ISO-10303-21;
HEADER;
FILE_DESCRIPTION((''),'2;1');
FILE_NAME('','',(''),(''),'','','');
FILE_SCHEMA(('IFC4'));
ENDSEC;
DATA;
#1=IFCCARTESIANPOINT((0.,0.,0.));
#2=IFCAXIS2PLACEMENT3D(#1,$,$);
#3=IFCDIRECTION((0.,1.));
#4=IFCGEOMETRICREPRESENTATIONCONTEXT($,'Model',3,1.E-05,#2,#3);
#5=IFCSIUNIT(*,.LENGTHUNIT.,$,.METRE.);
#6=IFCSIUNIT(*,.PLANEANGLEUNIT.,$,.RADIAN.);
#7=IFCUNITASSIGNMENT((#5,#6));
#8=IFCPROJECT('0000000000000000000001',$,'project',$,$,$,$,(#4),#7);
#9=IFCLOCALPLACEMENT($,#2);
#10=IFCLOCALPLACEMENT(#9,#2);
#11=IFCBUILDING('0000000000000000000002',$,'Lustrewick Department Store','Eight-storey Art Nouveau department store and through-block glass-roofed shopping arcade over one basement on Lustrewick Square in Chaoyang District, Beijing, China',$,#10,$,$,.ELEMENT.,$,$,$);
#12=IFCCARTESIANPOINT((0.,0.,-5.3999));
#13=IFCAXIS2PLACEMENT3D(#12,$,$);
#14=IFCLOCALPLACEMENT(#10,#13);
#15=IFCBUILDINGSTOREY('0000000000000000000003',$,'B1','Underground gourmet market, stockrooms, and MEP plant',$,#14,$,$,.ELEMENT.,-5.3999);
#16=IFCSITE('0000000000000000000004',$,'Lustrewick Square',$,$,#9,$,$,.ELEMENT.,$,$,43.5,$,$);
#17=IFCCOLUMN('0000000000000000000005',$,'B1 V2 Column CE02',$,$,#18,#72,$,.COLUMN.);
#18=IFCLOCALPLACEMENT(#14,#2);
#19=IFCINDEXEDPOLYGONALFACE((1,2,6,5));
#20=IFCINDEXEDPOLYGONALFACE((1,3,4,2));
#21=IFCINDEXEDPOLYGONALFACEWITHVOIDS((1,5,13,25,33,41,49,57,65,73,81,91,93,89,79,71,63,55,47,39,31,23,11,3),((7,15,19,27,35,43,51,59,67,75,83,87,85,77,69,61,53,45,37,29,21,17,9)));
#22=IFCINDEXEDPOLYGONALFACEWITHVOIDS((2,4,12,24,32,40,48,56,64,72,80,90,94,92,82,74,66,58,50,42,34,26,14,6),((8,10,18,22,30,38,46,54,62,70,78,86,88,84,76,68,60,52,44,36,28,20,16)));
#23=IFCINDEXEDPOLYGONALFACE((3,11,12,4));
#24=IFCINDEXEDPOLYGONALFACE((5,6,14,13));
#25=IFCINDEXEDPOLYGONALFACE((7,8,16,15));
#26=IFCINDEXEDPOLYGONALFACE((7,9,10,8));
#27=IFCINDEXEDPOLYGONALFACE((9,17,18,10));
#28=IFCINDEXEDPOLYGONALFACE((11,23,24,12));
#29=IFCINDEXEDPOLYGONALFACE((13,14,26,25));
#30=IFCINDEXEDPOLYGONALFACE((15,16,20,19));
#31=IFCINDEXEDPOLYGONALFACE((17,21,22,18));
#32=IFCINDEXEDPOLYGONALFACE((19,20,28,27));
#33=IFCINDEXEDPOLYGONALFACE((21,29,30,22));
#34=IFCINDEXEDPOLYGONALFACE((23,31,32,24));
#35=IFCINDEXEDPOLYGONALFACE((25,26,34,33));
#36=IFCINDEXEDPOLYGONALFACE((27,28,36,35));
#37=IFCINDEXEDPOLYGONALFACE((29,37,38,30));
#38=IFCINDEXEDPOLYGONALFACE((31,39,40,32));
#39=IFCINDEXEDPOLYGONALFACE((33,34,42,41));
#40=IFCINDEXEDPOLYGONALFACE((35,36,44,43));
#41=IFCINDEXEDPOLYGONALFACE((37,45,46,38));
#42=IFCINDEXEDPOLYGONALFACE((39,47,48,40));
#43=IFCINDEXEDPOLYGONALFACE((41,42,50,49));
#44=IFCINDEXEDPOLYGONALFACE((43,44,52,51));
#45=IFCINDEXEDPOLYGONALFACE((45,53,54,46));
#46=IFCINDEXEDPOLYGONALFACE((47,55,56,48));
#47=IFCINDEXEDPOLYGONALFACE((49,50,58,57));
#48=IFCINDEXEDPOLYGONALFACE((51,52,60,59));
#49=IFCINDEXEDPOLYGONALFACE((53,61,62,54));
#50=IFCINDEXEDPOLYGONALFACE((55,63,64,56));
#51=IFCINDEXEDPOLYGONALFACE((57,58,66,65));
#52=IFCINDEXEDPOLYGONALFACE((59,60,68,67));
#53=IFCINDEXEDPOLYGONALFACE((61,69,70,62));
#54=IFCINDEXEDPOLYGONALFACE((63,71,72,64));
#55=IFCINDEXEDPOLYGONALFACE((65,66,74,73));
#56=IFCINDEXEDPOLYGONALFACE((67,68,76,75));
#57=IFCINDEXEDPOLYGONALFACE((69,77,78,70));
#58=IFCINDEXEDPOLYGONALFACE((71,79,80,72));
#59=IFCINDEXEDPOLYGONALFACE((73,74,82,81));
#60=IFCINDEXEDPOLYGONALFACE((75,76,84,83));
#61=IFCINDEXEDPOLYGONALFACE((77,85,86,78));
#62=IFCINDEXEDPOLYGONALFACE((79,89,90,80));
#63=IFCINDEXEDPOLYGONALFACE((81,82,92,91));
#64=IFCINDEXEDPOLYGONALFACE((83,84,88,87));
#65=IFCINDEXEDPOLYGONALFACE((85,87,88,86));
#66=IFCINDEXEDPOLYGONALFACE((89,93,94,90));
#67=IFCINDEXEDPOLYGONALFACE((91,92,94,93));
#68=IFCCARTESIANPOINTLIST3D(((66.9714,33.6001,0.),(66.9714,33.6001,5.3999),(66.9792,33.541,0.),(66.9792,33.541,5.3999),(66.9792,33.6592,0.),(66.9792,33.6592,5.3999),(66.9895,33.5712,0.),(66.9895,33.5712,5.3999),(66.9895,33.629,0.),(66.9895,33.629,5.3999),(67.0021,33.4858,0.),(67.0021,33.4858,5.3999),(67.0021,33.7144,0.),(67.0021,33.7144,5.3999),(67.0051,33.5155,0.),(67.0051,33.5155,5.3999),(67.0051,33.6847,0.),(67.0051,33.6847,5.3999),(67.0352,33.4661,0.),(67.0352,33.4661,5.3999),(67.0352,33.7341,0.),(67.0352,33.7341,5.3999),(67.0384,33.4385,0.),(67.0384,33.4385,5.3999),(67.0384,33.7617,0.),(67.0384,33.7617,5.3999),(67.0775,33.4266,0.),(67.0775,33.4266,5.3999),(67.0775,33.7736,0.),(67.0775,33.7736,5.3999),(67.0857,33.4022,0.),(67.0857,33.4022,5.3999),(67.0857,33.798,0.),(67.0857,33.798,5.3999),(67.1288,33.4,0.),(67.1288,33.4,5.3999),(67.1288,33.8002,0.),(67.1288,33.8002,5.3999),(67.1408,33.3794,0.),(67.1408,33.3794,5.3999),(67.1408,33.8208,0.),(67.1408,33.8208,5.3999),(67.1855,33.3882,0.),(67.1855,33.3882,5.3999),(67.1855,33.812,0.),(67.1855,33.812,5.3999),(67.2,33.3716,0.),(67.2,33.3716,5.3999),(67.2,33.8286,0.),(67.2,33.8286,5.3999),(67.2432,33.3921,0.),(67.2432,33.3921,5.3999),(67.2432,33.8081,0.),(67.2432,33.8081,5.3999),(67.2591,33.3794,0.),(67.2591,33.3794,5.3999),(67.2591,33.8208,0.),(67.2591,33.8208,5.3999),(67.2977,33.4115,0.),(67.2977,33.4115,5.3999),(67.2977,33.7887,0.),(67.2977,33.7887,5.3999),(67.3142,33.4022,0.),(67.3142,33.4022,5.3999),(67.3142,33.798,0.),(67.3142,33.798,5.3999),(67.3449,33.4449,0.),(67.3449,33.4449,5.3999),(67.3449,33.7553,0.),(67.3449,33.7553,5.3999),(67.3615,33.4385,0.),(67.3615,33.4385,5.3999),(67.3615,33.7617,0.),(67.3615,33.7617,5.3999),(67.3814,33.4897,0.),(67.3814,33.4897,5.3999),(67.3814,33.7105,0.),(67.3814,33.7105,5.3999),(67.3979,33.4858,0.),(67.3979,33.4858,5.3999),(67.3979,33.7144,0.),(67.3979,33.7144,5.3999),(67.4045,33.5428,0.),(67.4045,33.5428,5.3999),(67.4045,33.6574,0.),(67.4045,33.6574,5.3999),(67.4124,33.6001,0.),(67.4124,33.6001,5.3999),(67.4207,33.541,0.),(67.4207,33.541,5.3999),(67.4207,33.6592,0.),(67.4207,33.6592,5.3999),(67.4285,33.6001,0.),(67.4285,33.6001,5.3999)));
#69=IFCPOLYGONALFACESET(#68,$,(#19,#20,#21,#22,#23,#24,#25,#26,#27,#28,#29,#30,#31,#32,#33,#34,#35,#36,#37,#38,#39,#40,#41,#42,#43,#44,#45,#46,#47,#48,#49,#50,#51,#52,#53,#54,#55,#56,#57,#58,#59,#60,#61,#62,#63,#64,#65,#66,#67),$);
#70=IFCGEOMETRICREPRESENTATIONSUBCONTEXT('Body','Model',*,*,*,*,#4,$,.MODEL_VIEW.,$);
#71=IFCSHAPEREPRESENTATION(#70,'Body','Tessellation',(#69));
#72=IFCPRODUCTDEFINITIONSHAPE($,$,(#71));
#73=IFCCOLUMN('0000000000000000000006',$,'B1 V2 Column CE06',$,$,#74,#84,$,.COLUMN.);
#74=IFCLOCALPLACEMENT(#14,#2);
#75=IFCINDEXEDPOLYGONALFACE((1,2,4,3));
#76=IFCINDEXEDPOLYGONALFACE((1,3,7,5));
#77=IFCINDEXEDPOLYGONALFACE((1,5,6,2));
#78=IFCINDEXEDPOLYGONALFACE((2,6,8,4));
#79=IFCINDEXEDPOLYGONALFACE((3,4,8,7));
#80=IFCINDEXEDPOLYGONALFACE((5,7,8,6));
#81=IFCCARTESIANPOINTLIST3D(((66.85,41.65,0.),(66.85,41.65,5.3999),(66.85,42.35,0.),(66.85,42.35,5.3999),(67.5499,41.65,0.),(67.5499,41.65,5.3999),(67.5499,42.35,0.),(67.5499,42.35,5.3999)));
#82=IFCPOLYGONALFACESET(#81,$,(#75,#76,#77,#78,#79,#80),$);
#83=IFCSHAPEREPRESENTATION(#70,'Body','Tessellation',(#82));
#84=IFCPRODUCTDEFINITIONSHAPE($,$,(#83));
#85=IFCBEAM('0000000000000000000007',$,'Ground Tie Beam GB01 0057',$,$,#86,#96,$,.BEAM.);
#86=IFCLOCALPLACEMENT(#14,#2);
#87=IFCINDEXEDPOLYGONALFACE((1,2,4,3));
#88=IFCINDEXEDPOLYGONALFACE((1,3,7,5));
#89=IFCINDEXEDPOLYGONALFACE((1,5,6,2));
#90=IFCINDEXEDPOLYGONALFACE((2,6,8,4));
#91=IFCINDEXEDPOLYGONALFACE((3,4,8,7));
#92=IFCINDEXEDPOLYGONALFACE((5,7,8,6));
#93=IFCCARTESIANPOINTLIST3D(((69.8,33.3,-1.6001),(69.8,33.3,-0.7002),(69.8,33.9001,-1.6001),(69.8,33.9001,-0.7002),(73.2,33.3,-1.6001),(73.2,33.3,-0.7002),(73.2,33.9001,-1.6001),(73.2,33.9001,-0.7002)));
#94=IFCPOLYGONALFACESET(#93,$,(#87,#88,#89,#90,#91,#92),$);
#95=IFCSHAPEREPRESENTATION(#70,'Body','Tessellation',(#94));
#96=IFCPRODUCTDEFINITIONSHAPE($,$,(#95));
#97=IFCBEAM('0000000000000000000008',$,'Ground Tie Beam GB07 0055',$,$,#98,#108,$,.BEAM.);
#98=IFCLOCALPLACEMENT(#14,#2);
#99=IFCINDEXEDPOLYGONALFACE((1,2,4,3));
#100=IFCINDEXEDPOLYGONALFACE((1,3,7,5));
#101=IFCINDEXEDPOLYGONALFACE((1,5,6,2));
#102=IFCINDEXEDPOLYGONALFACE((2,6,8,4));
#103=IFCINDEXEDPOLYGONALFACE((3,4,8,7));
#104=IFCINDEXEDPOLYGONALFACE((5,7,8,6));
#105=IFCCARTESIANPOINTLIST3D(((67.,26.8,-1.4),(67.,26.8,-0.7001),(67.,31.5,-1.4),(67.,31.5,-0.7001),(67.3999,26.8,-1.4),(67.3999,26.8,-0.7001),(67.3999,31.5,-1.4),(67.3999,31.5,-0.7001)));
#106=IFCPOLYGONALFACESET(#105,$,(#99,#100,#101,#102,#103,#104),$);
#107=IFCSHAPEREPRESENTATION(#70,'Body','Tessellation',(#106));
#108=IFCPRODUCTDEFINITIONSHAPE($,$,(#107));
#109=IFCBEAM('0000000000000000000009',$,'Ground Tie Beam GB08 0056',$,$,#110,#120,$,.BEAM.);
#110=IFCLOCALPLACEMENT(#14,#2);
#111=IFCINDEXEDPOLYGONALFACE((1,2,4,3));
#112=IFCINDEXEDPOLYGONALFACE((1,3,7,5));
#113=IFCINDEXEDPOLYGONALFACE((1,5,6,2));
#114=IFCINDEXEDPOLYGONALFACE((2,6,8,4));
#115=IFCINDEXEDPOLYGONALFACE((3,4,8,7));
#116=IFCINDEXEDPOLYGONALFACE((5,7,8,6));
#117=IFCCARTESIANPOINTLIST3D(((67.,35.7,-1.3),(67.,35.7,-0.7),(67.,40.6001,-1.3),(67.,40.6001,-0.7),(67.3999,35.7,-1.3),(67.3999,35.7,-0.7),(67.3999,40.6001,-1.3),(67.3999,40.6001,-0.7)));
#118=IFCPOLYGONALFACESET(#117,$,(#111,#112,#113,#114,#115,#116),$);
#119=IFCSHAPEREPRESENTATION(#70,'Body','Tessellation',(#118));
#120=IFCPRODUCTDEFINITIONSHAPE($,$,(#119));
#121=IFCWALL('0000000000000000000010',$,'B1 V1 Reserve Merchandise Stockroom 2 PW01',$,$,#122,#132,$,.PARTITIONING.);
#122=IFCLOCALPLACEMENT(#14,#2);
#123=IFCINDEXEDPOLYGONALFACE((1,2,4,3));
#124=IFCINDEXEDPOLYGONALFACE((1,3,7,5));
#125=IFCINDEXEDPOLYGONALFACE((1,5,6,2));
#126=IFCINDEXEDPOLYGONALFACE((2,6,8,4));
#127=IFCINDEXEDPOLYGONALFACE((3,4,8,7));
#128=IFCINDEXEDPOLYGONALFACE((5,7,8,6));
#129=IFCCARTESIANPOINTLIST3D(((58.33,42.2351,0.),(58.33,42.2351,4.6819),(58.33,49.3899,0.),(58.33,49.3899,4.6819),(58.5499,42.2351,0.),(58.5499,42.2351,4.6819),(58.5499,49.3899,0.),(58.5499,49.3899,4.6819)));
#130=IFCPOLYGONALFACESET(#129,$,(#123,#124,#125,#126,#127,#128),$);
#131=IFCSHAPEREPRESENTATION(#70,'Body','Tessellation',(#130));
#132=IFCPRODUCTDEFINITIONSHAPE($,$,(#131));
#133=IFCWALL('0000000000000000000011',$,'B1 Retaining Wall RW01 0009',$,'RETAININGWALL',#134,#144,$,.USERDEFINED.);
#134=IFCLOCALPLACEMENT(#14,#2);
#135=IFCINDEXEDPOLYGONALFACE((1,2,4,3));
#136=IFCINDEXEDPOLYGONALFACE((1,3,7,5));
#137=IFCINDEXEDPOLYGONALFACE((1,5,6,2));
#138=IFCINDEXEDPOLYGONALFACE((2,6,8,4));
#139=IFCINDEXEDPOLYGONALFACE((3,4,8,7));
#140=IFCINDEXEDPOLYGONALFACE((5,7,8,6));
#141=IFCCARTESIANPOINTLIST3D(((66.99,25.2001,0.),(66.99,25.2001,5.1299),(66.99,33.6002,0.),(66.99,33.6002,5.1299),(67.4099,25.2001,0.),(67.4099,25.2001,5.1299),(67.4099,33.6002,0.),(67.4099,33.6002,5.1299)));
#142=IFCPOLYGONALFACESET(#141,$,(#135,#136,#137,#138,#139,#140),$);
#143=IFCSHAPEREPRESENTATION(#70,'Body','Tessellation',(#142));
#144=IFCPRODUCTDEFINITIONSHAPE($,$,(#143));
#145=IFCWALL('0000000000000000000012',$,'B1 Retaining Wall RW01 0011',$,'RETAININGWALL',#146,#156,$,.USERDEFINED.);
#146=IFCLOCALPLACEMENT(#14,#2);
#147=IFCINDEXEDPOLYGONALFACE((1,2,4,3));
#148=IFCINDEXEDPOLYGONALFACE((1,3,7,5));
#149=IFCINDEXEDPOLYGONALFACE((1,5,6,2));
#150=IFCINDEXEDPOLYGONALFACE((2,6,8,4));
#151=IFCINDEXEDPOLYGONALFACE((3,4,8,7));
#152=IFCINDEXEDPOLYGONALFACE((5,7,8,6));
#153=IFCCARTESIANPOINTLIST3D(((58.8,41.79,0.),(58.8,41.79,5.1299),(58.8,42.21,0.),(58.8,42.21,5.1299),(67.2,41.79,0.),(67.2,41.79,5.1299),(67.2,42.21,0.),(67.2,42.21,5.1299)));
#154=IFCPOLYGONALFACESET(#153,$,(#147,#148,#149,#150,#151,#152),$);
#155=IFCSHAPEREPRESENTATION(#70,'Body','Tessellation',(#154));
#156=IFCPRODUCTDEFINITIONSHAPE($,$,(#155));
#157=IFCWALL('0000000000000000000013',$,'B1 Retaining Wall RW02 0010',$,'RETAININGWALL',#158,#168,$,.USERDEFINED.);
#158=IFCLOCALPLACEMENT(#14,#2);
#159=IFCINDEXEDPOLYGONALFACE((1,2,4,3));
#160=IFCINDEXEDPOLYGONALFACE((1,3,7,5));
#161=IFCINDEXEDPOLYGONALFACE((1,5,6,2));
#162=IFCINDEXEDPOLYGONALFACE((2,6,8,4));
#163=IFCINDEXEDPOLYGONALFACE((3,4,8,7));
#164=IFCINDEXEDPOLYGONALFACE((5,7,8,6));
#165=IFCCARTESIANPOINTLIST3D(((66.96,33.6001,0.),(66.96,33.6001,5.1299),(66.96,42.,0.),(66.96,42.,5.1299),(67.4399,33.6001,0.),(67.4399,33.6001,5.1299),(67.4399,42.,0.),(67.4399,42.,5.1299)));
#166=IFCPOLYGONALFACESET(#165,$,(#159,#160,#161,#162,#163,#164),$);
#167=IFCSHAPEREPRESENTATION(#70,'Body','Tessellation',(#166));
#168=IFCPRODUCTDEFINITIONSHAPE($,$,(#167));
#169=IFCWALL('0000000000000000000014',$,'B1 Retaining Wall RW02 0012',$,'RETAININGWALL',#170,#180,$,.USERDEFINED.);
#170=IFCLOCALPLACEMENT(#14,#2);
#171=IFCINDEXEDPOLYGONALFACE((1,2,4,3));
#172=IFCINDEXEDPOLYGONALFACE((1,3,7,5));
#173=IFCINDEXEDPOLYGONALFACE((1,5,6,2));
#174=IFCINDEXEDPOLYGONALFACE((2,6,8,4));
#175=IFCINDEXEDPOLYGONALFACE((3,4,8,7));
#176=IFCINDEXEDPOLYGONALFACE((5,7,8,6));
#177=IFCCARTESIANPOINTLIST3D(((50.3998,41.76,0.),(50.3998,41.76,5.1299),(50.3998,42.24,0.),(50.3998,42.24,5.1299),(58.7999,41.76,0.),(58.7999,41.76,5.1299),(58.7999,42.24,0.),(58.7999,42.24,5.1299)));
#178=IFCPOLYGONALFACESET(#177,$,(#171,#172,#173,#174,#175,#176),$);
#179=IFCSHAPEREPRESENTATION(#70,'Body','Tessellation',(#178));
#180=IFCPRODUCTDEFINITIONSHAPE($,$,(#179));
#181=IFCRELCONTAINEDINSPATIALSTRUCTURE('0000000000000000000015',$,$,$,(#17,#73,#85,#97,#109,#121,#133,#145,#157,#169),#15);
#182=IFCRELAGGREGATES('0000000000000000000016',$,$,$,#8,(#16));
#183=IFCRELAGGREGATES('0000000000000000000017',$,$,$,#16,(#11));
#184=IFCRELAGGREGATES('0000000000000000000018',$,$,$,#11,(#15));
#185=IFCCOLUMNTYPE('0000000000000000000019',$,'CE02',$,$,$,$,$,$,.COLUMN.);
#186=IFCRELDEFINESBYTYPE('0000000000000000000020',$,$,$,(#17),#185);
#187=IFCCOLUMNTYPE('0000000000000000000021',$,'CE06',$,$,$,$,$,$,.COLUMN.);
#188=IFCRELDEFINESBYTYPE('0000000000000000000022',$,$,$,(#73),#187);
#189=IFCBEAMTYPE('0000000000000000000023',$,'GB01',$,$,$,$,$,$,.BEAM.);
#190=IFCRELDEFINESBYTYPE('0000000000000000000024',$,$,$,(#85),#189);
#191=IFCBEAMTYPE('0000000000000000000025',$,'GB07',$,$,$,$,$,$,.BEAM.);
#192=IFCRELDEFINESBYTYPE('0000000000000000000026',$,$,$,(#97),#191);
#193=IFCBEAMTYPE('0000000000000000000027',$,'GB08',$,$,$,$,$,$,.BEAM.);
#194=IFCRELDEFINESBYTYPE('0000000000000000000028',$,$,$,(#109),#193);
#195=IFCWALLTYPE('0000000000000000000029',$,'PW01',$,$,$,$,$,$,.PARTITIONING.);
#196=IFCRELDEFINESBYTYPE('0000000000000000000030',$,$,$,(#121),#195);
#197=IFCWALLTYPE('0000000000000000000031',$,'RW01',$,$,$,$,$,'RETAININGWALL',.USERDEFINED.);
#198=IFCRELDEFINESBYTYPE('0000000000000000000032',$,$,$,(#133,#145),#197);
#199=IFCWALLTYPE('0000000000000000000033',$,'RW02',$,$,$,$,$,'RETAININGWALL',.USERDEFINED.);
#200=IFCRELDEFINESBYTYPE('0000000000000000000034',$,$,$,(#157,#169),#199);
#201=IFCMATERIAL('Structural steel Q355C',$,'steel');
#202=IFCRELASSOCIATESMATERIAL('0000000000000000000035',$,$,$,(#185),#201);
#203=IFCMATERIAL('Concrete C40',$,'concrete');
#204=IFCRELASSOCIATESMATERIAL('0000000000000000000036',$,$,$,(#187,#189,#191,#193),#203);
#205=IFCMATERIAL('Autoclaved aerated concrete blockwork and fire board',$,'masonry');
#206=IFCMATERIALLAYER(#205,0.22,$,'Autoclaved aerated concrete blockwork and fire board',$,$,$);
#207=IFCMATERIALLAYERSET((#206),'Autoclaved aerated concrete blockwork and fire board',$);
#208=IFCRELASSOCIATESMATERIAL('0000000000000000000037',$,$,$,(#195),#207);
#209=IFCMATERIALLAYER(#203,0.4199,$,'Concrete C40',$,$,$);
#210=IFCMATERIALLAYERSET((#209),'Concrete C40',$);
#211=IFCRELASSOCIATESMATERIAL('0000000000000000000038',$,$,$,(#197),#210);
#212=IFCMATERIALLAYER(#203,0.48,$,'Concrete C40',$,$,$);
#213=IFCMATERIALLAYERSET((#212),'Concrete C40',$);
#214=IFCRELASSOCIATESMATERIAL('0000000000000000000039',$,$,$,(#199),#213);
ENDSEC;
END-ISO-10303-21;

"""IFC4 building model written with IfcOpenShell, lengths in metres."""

from ifc_helpers import new_model, si_unit, direction, frame, frame_2d, origin, origin_2d, place, context, subcontext, project, spatial, rectangle, hollow_circle, extrude, material, layer, layer_set, material_profile, profile_set, type_object, element, save


model = new_model("IFC4")

# Units and contexts
model_context = context("Model", 3, precision=1e-05, world=origin(), true_north=direction((0.0, 1.0)))
body_context = subcontext(model_context, "Body", "Model", "MODEL_VIEW")
ifc_project = project(units=[si_unit("LENGTHUNIT", "METRE"), si_unit("PLANEANGLEUNIT", "RADIAN")], contexts=[model_context])

# Site, building, storey
site_placement = place(None, origin())
site = spatial("IfcSite", under=ifc_project, at=site_placement, Name="Lustrewick Square", CompositionType="ELEMENT", RefElevation=43.5)
building_placement = place(site_placement, origin())
building = spatial("IfcBuilding", under=site, at=building_placement, Name="Lustrewick Department Store", Description="Eight-storey Art Nouveau department store and through-block glass-roofed shopping arcade over one basement on Lustrewick Square in Chaoyang District, Beijing, China", CompositionType="ELEMENT")
storey_placement = place(building_placement, frame((0.0, 0.0, -5.3999)))
storey = spatial("IfcBuildingStorey", under=building, at=storey_placement, Name="B1", Description="Underground gourmet market, stockrooms, and MEP plant", CompositionType="ELEMENT", Elevation=-5.3999)

# Shared definitions
ifc_material_1 = material(Name="Concrete C40", Category="concrete")

# Columns
ifc_material_2 = material(Name="Structural steel Q355C", Category="steel")
ifc_material_profile_1 = material_profile(ifc_material_2, hollow_circle(Radius=0.2285, WallThickness=0.0161, at=origin_2d()), Name="CHS 457x16")
ifc_profile_set_1 = profile_set([ifc_material_profile_1], Name="Structural steel Q355C")
column_type_1 = type_object("IfcColumnType", Name="CE02", PredefinedType="COLUMN", material=ifc_profile_set_1)
column_1_placement = place(storey_placement, frame((67.2, 33.6001, 0.0), z_axis=(0.0, 0.0, 1.0), x_axis=(1.0, 0.0, 0.0)))
element("IfcColumn", 1, at=column_1_placement, inside=storey, type_object=column_type_1, Name="B1 V2 Column CE02", PredefinedType="COLUMN", context=body_context, shape_type="SweptSolid", body=[
    extrude(hollow_circle(Radius=0.2285, WallThickness=0.0161, at=origin_2d()), origin(), (0.0, 0.0, 1.0), 5.3999),
])
ifc_material_profile_2 = material_profile(ifc_material_1, rectangle(XDim=0.7, YDim=0.7, at=origin_2d()), Name="RC 700x700")
ifc_profile_set_2 = profile_set([ifc_material_profile_2], Name="Concrete C40")
column_type_2 = type_object("IfcColumnType", Name="CE06", PredefinedType="COLUMN", material=ifc_profile_set_2)
column_2_placement = place(storey_placement, frame((67.2, 42.0, 0.0), z_axis=(0.0, 0.0, 1.0), x_axis=(1.0, 0.0, 0.0)))
element("IfcColumn", 2, at=column_2_placement, inside=storey, type_object=column_type_2, Name="B1 V2 Column CE06", PredefinedType="COLUMN", context=body_context, shape_type="SweptSolid", body=[
    extrude(rectangle(XDim=0.7, YDim=0.7, at=origin_2d()), origin(), (0.0, 0.0, 1.0), 5.3999),
])

# Beams
ifc_material_profile_3 = material_profile(ifc_material_1, rectangle(XDim=0.6001, YDim=0.8999, at=origin_2d()), Name="RC 600x900")
ifc_profile_set_3 = profile_set([ifc_material_profile_3], Name="Concrete C40")
beam_type_1 = type_object("IfcBeamType", Name="GB01", PredefinedType="BEAM", material=ifc_profile_set_3)
beam_1_placement = place(storey_placement, frame((69.8, 33.6001, -1.1501), z_axis=(1.0, 0.0, 0.0), x_axis=(0.0, 1.0, 0.0)))
element("IfcBeam", 3, at=beam_1_placement, inside=storey, type_object=beam_type_1, Name="Ground Tie Beam GB01 0057", PredefinedType="BEAM", context=body_context, shape_type="SweptSolid", body=[
    extrude(rectangle(XDim=0.6001, YDim=0.8999, at=origin_2d()), origin(), (0.0, 0.0, 1.0), 3.3999),
])
ifc_material_profile_4 = material_profile(ifc_material_1, rectangle(XDim=0.3999, YDim=0.7, at=origin_2d()), Name="RC 400x700")
ifc_profile_set_4 = profile_set([ifc_material_profile_4], Name="Concrete C40")
beam_type_2 = type_object("IfcBeamType", Name="GB07", PredefinedType="BEAM", material=ifc_profile_set_4)
beam_2_placement = place(storey_placement, frame((67.2, 26.8, -1.05), z_axis=(0.0, 1.0, 0.0), x_axis=(-1.0, 0.0, 0.0)))
element("IfcBeam", 4, at=beam_2_placement, inside=storey, type_object=beam_type_2, Name="Ground Tie Beam GB07 0055", PredefinedType="BEAM", context=body_context, shape_type="SweptSolid", body=[
    extrude(rectangle(XDim=0.3999, YDim=0.7, at=origin_2d()), origin(), (0.0, 0.0, 1.0), 4.7),
])
ifc_material_profile_5 = material_profile(ifc_material_1, rectangle(XDim=0.3999, YDim=0.6001, at=origin_2d()), Name="RC 400x600")
ifc_profile_set_5 = profile_set([ifc_material_profile_5], Name="Concrete C40")
beam_type_3 = type_object("IfcBeamType", Name="GB08", PredefinedType="BEAM", material=ifc_profile_set_5)
beam_3_placement = place(storey_placement, frame((67.2, 35.7, -1.0), z_axis=(0.0, 1.0, 0.0), x_axis=(-1.0, 0.0, 0.0)))
element("IfcBeam", 5, at=beam_3_placement, inside=storey, type_object=beam_type_3, Name="Ground Tie Beam GB08 0056", PredefinedType="BEAM", context=body_context, shape_type="SweptSolid", body=[
    extrude(rectangle(XDim=0.3999, YDim=0.6001, at=origin_2d()), origin(), (0.0, 0.0, 1.0), 4.9001),
])

# Walls
ifc_material_3 = material(Name="Autoclaved aerated concrete blockwork and fire board", Category="masonry")
ifc_layer_1 = layer(ifc_material_3, 0.22, Name="Autoclaved aerated concrete blockwork and fire board")
ifc_layer_set_1 = layer_set([ifc_layer_1], Name="Autoclaved aerated concrete blockwork and fire board")
wall_type_1 = type_object("IfcWallType", Name="PW01", PredefinedType="PARTITIONING", material=ifc_layer_set_1)
wall_1_placement = place(storey_placement, frame((58.4399, 42.2351, 0.0), z_axis=(0.0, 0.0, 1.0), x_axis=(0.0, 1.0, 0.0)))
element("IfcWall", 6, at=wall_1_placement, inside=storey, type_object=wall_type_1, Name="B1 V1 Reserve Merchandise Stockroom 2 PW01", PredefinedType="PARTITIONING", context=body_context, shape_type="SweptSolid", body=[
    extrude(rectangle(XDim=7.1548, YDim=0.22, at=frame_2d((3.5774, 0.0))), origin(), (0.0, 0.0, 1.0), 4.6819),
])
ifc_layer_2 = layer(ifc_material_1, 0.4199, Name="Concrete C40")
ifc_layer_set_2 = layer_set([ifc_layer_2], Name="Concrete C40")
wall_type_2 = type_object("IfcWallType", Name="RW01", ElementType="RETAININGWALL", PredefinedType="USERDEFINED", material=ifc_layer_set_2)
wall_2_placement = place(storey_placement, frame((67.2, 25.2, 0.0), z_axis=(0.0, 0.0, 1.0), x_axis=(0.0, 1.0, 0.0)))
element("IfcWall", 7, at=wall_2_placement, inside=storey, type_object=wall_type_2, Name="B1 Retaining Wall RW01 0009", ObjectType="RETAININGWALL", PredefinedType="USERDEFINED", context=body_context, shape_type="SweptSolid", body=[
    extrude(rectangle(XDim=8.4001, YDim=0.4199, at=frame_2d((4.2002, 0.0))), origin(), (0.0, 0.0, 1.0), 5.1299),
])
wall_3_placement = place(storey_placement, frame((67.2, 42.0, 0.0), z_axis=(0.0, 0.0, 1.0), x_axis=(-1.0, 0.0, 0.0)))
element("IfcWall", 8, at=wall_3_placement, inside=storey, type_object=wall_type_2, Name="B1 Retaining Wall RW01 0011", ObjectType="RETAININGWALL", PredefinedType="USERDEFINED", context=body_context, shape_type="SweptSolid", body=[
    extrude(rectangle(XDim=8.3999, YDim=0.4199, at=frame_2d((4.2, 0.0))), origin(), (0.0, 0.0, 1.0), 5.1299),
])
ifc_layer_3 = layer(ifc_material_1, 0.48, Name="Concrete C40")
ifc_layer_set_3 = layer_set([ifc_layer_3], Name="Concrete C40")
wall_type_3 = type_object("IfcWallType", Name="RW02", ElementType="RETAININGWALL", PredefinedType="USERDEFINED", material=ifc_layer_set_3)
wall_4_placement = place(storey_placement, frame((67.2, 33.6001, 0.0), z_axis=(0.0, 0.0, 1.0), x_axis=(0.0, 1.0, 0.0)))
element("IfcWall", 9, at=wall_4_placement, inside=storey, type_object=wall_type_3, Name="B1 Retaining Wall RW02 0010", ObjectType="RETAININGWALL", PredefinedType="USERDEFINED", context=body_context, shape_type="SweptSolid", body=[
    extrude(rectangle(XDim=8.3999, YDim=0.48, at=frame_2d((4.2, 0.0))), origin(), (0.0, 0.0, 1.0), 5.1299),
])
wall_5_placement = place(storey_placement, frame((58.8, 42.0, 0.0), z_axis=(0.0, 0.0, 1.0), x_axis=(-1.0, 0.0, 0.0)))
element("IfcWall", 10, at=wall_5_placement, inside=storey, type_object=wall_type_3, Name="B1 Retaining Wall RW02 0012", ObjectType="RETAININGWALL", PredefinedType="USERDEFINED", context=body_context, shape_type="SweptSolid", body=[
    extrude(rectangle(XDim=8.4001, YDim=0.48, at=frame_2d((4.2002, 0.0))), origin(), (0.0, 0.0, 1.0), 5.1299),
])

save(model, "model.ifc")
